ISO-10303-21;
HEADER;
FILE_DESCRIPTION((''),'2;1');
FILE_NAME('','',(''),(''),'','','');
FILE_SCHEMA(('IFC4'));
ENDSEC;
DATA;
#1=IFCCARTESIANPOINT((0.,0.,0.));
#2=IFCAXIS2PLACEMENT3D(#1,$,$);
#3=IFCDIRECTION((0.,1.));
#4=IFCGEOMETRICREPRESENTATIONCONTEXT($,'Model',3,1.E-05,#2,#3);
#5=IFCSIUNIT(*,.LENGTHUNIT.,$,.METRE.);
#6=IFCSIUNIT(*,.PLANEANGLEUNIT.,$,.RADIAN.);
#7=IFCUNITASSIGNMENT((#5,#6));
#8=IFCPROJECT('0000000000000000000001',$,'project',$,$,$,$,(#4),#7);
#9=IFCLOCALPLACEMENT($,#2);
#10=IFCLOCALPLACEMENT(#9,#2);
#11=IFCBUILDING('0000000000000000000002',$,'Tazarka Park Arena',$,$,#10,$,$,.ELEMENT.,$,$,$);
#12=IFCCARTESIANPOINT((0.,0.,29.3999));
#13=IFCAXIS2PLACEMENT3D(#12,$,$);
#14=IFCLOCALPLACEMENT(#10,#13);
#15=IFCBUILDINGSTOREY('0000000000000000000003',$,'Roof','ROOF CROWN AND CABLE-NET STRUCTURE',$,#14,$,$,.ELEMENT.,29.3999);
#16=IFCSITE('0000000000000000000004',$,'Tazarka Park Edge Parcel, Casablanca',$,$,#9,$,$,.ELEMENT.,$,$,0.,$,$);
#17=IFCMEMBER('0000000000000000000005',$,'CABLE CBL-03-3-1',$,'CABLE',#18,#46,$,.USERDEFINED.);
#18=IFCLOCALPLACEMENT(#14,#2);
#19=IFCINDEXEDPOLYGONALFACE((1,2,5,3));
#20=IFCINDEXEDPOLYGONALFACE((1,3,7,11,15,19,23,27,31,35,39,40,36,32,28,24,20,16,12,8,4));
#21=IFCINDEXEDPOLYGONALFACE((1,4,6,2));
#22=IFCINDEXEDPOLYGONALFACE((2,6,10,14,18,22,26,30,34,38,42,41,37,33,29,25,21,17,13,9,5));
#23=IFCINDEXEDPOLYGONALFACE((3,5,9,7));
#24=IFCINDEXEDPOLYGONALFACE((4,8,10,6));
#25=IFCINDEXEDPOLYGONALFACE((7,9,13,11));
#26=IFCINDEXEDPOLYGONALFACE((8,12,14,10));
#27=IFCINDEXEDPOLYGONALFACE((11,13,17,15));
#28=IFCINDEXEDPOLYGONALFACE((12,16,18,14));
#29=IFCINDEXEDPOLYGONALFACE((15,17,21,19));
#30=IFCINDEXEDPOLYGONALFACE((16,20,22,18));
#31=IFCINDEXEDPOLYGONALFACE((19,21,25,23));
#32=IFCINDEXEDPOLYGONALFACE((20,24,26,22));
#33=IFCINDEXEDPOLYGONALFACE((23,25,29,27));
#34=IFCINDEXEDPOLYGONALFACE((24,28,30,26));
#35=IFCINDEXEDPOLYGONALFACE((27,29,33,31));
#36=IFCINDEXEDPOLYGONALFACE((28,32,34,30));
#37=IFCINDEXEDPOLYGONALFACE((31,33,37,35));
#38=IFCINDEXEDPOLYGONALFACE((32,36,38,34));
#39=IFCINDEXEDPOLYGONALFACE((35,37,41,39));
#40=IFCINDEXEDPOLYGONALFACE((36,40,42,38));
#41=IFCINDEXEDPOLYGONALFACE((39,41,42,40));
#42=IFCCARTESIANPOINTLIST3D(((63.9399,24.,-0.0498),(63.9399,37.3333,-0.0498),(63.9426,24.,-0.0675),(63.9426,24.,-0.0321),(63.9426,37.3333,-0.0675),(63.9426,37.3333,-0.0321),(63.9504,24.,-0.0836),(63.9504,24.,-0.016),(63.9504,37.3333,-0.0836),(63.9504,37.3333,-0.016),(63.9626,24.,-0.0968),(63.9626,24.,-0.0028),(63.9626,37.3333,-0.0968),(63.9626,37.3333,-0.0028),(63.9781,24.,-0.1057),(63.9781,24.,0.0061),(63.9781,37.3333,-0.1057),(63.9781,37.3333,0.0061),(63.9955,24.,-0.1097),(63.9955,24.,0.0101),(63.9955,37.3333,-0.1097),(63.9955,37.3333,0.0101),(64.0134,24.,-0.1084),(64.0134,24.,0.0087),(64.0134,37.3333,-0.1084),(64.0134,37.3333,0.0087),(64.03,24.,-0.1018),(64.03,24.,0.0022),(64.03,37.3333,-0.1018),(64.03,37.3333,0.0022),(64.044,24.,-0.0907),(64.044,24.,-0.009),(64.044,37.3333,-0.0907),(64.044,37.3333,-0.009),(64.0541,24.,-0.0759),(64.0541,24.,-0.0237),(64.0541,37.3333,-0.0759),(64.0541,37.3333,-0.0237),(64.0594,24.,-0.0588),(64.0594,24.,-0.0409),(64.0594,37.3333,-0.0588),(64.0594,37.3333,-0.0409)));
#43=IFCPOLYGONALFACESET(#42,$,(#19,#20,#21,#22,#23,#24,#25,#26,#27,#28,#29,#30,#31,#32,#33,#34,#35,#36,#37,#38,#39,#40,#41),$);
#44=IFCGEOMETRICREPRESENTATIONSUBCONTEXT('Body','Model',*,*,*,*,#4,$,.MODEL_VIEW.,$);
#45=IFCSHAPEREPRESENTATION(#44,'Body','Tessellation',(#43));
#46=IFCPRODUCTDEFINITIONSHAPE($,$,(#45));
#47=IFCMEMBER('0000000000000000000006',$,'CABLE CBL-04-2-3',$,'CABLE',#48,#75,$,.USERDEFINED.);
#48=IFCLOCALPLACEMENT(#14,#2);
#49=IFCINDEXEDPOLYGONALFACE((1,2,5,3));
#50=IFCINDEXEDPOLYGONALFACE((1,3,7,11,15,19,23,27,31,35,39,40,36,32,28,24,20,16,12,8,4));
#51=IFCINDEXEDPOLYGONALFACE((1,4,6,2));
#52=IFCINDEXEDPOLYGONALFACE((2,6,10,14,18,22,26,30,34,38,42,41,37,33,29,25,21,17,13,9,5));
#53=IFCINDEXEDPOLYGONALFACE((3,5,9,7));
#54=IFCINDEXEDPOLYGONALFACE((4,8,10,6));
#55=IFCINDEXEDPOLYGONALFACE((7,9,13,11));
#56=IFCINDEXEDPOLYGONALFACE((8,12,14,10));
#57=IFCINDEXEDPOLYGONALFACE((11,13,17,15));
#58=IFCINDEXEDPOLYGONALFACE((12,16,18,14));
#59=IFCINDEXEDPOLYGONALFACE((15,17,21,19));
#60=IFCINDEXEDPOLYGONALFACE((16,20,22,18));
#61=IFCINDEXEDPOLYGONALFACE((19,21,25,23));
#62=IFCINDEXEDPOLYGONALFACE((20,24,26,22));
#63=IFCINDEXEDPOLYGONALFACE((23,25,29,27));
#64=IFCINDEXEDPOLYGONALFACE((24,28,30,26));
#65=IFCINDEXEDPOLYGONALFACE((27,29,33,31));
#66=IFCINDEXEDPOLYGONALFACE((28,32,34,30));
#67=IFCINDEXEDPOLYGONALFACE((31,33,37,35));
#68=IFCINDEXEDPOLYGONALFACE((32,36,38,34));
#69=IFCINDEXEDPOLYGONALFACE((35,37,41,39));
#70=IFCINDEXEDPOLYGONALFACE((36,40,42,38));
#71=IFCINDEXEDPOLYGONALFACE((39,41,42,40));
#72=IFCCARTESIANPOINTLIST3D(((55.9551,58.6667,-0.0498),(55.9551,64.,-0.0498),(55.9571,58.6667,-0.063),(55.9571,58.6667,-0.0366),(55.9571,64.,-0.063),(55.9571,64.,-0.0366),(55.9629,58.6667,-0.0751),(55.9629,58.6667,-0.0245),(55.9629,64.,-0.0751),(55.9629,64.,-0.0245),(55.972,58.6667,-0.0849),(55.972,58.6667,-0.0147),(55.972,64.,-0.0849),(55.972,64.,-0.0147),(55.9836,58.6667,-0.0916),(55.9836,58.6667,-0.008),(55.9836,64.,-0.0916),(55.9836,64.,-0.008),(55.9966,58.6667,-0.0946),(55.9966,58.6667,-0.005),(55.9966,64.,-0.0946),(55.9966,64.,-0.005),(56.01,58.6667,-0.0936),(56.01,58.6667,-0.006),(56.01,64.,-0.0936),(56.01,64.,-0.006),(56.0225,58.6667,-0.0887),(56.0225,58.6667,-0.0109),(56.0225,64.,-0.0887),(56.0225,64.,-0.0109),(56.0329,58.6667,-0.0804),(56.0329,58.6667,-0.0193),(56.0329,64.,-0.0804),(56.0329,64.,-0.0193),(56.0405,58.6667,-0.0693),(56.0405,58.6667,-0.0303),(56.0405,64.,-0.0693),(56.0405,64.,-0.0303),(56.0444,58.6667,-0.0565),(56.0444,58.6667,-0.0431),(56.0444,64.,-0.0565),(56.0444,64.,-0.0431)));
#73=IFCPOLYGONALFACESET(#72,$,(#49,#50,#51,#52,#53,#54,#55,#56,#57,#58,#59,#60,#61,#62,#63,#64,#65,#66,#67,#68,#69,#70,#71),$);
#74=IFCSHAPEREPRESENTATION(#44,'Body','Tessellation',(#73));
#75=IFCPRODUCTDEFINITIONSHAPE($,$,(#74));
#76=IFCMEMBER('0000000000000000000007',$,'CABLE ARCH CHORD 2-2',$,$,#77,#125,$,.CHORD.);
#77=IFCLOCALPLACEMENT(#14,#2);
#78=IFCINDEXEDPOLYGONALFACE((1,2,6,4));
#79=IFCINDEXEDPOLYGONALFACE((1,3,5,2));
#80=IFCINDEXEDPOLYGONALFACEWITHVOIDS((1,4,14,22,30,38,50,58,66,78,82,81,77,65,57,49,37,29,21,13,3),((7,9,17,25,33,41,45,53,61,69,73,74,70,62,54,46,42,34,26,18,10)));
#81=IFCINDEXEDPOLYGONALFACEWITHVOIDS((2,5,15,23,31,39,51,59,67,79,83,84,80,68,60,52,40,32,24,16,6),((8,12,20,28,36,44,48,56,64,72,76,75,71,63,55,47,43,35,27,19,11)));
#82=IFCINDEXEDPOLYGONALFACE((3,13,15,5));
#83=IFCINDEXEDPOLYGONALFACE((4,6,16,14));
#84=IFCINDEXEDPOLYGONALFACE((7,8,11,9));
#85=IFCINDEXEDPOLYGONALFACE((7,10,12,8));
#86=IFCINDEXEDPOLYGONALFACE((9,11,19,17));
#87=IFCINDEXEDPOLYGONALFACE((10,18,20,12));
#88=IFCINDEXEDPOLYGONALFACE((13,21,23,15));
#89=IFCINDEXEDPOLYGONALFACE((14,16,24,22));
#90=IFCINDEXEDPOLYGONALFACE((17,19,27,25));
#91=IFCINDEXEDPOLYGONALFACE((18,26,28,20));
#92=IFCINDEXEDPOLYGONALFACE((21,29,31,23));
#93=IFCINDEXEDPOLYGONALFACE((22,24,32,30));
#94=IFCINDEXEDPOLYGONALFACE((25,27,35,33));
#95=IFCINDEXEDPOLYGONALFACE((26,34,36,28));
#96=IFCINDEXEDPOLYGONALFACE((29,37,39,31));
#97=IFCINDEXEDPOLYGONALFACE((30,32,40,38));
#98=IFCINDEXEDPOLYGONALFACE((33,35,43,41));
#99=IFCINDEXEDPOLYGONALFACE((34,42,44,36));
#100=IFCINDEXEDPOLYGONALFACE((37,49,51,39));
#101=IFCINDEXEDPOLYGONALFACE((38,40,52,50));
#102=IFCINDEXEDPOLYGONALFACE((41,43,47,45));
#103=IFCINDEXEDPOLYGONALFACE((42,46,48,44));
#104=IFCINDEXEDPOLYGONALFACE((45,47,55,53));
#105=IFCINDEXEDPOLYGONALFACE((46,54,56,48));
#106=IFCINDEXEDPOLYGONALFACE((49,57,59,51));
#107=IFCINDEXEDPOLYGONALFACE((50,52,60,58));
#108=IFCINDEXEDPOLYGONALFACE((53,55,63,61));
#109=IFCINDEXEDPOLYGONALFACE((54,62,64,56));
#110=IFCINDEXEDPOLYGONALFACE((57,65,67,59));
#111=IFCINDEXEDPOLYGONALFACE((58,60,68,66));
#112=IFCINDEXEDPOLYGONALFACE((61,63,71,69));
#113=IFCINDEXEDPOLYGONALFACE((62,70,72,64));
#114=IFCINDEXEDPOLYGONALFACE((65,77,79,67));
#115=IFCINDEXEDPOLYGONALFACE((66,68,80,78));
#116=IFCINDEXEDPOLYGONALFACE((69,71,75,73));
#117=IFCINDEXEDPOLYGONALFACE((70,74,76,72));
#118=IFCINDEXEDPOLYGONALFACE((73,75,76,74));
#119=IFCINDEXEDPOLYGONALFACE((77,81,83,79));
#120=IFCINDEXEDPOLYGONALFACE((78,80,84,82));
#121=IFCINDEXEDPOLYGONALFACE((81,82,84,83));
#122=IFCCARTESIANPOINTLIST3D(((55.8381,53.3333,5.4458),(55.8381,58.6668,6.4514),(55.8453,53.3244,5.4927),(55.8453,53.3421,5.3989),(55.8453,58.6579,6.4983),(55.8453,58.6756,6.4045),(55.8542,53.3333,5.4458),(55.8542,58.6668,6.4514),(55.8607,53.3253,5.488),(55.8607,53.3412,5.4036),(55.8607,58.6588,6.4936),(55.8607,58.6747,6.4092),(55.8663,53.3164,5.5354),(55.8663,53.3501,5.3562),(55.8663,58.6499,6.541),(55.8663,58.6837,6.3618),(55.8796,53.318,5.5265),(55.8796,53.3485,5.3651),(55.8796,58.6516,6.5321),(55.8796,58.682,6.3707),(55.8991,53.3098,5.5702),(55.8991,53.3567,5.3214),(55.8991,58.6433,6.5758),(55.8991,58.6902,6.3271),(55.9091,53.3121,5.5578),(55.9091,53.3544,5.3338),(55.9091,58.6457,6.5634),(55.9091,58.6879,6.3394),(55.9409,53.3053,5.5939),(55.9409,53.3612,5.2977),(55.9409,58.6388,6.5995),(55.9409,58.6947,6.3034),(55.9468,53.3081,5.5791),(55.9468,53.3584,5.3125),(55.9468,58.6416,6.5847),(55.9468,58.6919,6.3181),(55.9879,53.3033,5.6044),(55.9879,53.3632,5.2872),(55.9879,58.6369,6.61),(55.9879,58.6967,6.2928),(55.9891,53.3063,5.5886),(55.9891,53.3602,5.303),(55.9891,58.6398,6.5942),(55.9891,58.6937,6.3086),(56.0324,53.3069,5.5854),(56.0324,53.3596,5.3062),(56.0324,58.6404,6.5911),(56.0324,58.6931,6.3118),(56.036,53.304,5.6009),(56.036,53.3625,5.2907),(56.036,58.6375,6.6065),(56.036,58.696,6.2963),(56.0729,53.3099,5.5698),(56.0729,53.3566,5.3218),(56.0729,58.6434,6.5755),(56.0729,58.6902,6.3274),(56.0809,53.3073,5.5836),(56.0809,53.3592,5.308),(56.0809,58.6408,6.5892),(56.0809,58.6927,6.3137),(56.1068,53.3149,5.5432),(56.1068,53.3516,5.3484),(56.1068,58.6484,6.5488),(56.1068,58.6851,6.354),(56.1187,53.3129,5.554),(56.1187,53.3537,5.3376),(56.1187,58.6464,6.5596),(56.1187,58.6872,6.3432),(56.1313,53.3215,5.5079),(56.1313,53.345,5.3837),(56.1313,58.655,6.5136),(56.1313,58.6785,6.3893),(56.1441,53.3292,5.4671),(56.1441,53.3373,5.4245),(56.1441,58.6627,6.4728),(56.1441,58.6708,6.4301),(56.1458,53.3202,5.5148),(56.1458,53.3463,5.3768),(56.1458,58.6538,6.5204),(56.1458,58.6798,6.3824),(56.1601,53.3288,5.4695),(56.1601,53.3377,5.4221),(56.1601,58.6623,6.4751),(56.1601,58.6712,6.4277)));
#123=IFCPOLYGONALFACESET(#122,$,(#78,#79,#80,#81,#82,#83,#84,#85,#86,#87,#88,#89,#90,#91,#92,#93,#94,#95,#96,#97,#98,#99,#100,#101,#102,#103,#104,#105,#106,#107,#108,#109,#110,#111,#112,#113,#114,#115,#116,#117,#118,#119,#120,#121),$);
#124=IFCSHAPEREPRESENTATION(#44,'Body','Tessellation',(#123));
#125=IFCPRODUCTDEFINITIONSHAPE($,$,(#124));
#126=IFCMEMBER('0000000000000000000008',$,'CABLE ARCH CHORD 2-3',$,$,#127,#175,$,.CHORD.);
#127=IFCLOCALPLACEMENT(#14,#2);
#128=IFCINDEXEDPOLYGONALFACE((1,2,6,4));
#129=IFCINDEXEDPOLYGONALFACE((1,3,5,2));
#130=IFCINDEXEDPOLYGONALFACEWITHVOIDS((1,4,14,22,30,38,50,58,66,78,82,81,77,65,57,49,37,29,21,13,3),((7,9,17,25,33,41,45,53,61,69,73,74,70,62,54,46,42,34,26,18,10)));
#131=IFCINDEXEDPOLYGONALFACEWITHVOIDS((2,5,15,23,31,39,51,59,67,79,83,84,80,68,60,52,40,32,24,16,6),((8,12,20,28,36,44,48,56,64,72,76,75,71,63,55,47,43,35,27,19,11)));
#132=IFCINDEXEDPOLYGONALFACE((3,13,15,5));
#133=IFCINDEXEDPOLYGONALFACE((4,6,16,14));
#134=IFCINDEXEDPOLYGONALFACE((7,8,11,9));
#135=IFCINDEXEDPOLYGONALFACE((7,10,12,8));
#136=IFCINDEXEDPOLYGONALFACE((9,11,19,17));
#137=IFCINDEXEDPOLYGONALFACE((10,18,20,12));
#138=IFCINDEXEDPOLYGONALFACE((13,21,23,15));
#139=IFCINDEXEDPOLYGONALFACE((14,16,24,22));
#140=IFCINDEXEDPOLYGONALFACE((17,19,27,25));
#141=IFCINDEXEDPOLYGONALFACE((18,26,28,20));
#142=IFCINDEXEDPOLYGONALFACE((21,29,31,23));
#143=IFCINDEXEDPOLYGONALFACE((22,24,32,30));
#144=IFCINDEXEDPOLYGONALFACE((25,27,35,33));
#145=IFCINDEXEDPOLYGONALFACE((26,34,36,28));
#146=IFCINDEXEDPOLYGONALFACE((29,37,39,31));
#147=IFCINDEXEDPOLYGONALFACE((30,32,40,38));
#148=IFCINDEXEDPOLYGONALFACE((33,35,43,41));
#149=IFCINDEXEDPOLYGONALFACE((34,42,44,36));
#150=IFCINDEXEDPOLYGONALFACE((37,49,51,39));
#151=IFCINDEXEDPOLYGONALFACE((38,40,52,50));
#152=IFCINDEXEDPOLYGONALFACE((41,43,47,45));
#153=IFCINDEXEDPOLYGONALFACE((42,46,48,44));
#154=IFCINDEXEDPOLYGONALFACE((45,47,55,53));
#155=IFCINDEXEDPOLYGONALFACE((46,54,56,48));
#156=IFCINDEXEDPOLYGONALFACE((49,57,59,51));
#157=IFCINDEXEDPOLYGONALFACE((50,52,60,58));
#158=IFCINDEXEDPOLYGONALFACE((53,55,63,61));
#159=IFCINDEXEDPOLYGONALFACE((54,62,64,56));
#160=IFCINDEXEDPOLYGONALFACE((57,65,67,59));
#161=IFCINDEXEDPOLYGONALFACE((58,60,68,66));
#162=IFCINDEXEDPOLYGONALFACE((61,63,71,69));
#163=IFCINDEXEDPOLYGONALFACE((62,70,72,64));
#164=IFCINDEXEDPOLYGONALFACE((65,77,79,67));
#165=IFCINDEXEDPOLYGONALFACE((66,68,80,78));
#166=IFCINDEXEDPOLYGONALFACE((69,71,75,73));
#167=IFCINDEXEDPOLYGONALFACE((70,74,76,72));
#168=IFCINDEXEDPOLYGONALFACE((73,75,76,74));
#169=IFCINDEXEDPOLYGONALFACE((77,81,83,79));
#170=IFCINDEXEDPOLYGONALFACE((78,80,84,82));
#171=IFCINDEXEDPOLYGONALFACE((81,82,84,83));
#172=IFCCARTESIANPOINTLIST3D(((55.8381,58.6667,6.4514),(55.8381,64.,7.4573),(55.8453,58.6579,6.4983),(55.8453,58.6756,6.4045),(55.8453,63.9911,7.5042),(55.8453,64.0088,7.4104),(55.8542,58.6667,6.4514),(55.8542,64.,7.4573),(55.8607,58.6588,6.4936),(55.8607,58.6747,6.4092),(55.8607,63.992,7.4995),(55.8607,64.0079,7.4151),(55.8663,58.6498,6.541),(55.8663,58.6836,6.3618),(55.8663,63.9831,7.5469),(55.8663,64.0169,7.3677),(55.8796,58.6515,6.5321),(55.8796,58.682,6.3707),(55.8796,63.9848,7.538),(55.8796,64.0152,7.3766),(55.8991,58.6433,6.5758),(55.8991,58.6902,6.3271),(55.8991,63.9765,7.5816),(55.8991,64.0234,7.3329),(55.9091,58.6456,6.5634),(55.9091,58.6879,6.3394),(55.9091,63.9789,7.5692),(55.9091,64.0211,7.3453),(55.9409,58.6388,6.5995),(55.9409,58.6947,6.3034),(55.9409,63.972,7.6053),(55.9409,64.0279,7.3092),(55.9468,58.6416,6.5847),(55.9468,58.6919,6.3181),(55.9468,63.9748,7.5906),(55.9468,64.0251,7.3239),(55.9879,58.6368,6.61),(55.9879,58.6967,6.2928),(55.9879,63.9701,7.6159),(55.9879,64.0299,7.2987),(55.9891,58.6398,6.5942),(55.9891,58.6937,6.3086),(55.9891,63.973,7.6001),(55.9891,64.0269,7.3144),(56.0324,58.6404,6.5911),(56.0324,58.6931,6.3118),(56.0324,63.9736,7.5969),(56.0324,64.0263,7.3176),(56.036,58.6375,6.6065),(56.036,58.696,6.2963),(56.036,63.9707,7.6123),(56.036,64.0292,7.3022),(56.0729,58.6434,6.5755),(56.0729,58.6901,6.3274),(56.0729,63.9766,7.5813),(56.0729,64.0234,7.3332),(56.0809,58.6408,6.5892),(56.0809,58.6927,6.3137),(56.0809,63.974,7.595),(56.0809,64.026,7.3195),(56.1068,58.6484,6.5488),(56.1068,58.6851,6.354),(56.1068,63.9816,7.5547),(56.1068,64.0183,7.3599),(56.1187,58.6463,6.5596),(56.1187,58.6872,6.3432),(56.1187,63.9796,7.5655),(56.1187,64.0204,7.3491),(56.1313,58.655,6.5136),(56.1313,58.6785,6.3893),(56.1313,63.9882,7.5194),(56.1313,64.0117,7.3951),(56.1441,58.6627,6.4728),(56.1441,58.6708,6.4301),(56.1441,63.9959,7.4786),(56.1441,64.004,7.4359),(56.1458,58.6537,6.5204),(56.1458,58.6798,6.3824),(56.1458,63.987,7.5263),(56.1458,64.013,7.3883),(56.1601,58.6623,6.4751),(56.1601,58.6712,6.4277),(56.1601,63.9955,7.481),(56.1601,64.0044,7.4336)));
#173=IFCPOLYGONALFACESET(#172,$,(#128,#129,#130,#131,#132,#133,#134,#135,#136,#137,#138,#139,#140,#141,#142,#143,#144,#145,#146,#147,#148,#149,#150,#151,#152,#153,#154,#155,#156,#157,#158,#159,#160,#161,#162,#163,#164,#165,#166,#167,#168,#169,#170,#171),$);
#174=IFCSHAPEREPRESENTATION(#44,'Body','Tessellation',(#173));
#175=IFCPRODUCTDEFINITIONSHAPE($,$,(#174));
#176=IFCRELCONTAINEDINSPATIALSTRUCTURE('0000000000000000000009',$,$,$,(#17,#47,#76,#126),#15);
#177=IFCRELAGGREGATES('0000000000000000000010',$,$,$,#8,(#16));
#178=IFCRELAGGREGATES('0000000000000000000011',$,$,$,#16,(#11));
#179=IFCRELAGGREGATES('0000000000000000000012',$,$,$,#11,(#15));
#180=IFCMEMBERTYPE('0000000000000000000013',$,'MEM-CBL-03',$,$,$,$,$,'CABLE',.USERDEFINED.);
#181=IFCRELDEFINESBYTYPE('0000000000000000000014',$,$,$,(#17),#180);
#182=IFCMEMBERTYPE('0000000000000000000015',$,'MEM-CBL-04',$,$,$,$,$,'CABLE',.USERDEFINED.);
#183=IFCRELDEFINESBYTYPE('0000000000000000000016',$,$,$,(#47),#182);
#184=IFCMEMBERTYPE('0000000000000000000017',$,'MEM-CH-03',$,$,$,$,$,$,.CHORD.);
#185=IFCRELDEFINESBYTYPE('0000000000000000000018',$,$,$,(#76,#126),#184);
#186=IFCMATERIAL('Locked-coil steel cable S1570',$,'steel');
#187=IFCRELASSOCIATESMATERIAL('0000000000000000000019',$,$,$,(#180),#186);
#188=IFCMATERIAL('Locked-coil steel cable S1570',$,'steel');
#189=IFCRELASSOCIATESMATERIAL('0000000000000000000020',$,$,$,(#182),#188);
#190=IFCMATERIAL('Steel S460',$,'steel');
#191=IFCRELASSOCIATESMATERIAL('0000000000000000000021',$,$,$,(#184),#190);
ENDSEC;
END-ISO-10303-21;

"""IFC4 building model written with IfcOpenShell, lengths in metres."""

from ifc_helpers import new_model, si_unit, direction, frame, origin, origin_2d, place, context, subcontext, project, spatial, circle, hollow_circle, extrude, material, material_profile, profile_set, type_object, element, save


model = new_model("IFC4")

# Units and contexts
model_context = context("Model", 3, precision=1e-05, world=origin(), true_north=direction((0.0, 1.0)))
body_context = subcontext(model_context, "Body", "Model", "MODEL_VIEW")
ifc_project = project(units=[si_unit("LENGTHUNIT", "METRE"), si_unit("PLANEANGLEUNIT", "RADIAN")], contexts=[model_context])

# Site, building, storey
site_placement = place(None, origin())
site = spatial("IfcSite", under=ifc_project, at=site_placement, Name="Tazarka Park Edge Parcel, Casablanca", CompositionType="ELEMENT", RefElevation=0.0)
building_placement = place(site_placement, origin())
building = spatial("IfcBuilding", under=site, at=building_placement, Name="Tazarka Park Arena", CompositionType="ELEMENT")
storey_placement = place(building_placement, frame((0.0, 0.0, 29.3999)))
storey = spatial("IfcBuildingStorey", under=building, at=storey_placement, Name="Roof", Description="ROOF CROWN AND CABLE-NET STRUCTURE", CompositionType="ELEMENT", Elevation=29.3999)

# Members
ifc_material_1 = material(Name="Locked-coil steel cable S1570", Category="steel")
ifc_material_profile_1 = material_profile(ifc_material_1, circle(Radius=0.0601, at=origin_2d()), Name="Locked-coil steel cable S1570")
ifc_profile_set_1 = profile_set([ifc_material_profile_1], Name="Locked-coil steel cable S1570")
member_type_1 = type_object("IfcMemberType", Name="MEM-CBL-03", ElementType="CABLE", PredefinedType="USERDEFINED", material=ifc_profile_set_1)
member_1_placement = place(storey_placement, frame((64.0, 24.0, -0.0498), z_axis=(0.0, 1.0, 0.0), x_axis=(-1.0, 0.0, 0.0)))
element("IfcMember", 1, at=member_1_placement, inside=storey, type_object=member_type_1, Name="CABLE CBL-03-3-1", ObjectType="CABLE", PredefinedType="USERDEFINED", context=body_context, shape_type="SweptSolid", body=[
    extrude(circle(Radius=0.0601, at=origin_2d()), origin(), (0.0, 0.0, 1.0), 13.3333),
])
ifc_material_2 = material(Name="Locked-coil steel cable S1570", Category="steel")
ifc_material_profile_2 = material_profile(ifc_material_2, circle(Radius=0.0449, at=origin_2d()), Name="Locked-coil steel cable S1570")
ifc_profile_set_2 = profile_set([ifc_material_profile_2], Name="Locked-coil steel cable S1570")
member_type_2 = type_object("IfcMemberType", Name="MEM-CBL-04", ElementType="CABLE", PredefinedType="USERDEFINED", material=ifc_profile_set_2)
member_2_placement = place(storey_placement, frame((56.0, 58.6667, -0.0498), z_axis=(0.0, 1.0, 0.0), x_axis=(-1.0, 0.0, 0.0)))
element("IfcMember", 2, at=member_2_placement, inside=storey, type_object=member_type_2, Name="CABLE CBL-04-2-3", ObjectType="CABLE", PredefinedType="USERDEFINED", context=body_context, shape_type="SweptSolid", body=[
    extrude(circle(Radius=0.0449, at=origin_2d()), origin(), (0.0, 0.0, 1.0), 5.3333),
])
ifc_material_3 = material(Name="Steel S460", Category="steel")
ifc_material_profile_3 = material_profile(ifc_material_3, hollow_circle(Radius=0.1619, WallThickness=0.0161, at=origin_2d()), Name="Steel S460")
ifc_profile_set_3 = profile_set([ifc_material_profile_3], Name="Steel S460")
member_type_3 = type_object("IfcMemberType", Name="MEM-CH-03", PredefinedType="CHORD", material=ifc_profile_set_3)
member_3_placement = place(storey_placement, frame((56.0, 53.3333, 5.4458), z_axis=(0.0, 0.982685, 0.185282), x_axis=(-1.0, 0.0, 0.0)))
element("IfcMember", 3, at=member_3_placement, inside=storey, type_object=member_type_3, Name="CABLE ARCH CHORD 2-2", PredefinedType="CHORD", context=body_context, shape_type="SweptSolid", body=[
    extrude(hollow_circle(Radius=0.1619, WallThickness=0.0161, at=origin_2d()), origin(), (0.0, 0.0, 1.0), 5.4275),
])
member_4_placement = place(storey_placement, frame((56.0, 58.6667, 6.4514), z_axis=(0.0, 0.982676, 0.185334), x_axis=(-1.0, 0.0, 0.0)))
element("IfcMember", 4, at=member_4_placement, inside=storey, type_object=member_type_3, Name="CABLE ARCH CHORD 2-3", PredefinedType="CHORD", context=body_context, shape_type="SweptSolid", body=[
    extrude(hollow_circle(Radius=0.1619, WallThickness=0.0161, at=origin_2d()), origin(), (0.0, 0.0, 1.0), 5.4272),
])

save(model, "model.ifc")
